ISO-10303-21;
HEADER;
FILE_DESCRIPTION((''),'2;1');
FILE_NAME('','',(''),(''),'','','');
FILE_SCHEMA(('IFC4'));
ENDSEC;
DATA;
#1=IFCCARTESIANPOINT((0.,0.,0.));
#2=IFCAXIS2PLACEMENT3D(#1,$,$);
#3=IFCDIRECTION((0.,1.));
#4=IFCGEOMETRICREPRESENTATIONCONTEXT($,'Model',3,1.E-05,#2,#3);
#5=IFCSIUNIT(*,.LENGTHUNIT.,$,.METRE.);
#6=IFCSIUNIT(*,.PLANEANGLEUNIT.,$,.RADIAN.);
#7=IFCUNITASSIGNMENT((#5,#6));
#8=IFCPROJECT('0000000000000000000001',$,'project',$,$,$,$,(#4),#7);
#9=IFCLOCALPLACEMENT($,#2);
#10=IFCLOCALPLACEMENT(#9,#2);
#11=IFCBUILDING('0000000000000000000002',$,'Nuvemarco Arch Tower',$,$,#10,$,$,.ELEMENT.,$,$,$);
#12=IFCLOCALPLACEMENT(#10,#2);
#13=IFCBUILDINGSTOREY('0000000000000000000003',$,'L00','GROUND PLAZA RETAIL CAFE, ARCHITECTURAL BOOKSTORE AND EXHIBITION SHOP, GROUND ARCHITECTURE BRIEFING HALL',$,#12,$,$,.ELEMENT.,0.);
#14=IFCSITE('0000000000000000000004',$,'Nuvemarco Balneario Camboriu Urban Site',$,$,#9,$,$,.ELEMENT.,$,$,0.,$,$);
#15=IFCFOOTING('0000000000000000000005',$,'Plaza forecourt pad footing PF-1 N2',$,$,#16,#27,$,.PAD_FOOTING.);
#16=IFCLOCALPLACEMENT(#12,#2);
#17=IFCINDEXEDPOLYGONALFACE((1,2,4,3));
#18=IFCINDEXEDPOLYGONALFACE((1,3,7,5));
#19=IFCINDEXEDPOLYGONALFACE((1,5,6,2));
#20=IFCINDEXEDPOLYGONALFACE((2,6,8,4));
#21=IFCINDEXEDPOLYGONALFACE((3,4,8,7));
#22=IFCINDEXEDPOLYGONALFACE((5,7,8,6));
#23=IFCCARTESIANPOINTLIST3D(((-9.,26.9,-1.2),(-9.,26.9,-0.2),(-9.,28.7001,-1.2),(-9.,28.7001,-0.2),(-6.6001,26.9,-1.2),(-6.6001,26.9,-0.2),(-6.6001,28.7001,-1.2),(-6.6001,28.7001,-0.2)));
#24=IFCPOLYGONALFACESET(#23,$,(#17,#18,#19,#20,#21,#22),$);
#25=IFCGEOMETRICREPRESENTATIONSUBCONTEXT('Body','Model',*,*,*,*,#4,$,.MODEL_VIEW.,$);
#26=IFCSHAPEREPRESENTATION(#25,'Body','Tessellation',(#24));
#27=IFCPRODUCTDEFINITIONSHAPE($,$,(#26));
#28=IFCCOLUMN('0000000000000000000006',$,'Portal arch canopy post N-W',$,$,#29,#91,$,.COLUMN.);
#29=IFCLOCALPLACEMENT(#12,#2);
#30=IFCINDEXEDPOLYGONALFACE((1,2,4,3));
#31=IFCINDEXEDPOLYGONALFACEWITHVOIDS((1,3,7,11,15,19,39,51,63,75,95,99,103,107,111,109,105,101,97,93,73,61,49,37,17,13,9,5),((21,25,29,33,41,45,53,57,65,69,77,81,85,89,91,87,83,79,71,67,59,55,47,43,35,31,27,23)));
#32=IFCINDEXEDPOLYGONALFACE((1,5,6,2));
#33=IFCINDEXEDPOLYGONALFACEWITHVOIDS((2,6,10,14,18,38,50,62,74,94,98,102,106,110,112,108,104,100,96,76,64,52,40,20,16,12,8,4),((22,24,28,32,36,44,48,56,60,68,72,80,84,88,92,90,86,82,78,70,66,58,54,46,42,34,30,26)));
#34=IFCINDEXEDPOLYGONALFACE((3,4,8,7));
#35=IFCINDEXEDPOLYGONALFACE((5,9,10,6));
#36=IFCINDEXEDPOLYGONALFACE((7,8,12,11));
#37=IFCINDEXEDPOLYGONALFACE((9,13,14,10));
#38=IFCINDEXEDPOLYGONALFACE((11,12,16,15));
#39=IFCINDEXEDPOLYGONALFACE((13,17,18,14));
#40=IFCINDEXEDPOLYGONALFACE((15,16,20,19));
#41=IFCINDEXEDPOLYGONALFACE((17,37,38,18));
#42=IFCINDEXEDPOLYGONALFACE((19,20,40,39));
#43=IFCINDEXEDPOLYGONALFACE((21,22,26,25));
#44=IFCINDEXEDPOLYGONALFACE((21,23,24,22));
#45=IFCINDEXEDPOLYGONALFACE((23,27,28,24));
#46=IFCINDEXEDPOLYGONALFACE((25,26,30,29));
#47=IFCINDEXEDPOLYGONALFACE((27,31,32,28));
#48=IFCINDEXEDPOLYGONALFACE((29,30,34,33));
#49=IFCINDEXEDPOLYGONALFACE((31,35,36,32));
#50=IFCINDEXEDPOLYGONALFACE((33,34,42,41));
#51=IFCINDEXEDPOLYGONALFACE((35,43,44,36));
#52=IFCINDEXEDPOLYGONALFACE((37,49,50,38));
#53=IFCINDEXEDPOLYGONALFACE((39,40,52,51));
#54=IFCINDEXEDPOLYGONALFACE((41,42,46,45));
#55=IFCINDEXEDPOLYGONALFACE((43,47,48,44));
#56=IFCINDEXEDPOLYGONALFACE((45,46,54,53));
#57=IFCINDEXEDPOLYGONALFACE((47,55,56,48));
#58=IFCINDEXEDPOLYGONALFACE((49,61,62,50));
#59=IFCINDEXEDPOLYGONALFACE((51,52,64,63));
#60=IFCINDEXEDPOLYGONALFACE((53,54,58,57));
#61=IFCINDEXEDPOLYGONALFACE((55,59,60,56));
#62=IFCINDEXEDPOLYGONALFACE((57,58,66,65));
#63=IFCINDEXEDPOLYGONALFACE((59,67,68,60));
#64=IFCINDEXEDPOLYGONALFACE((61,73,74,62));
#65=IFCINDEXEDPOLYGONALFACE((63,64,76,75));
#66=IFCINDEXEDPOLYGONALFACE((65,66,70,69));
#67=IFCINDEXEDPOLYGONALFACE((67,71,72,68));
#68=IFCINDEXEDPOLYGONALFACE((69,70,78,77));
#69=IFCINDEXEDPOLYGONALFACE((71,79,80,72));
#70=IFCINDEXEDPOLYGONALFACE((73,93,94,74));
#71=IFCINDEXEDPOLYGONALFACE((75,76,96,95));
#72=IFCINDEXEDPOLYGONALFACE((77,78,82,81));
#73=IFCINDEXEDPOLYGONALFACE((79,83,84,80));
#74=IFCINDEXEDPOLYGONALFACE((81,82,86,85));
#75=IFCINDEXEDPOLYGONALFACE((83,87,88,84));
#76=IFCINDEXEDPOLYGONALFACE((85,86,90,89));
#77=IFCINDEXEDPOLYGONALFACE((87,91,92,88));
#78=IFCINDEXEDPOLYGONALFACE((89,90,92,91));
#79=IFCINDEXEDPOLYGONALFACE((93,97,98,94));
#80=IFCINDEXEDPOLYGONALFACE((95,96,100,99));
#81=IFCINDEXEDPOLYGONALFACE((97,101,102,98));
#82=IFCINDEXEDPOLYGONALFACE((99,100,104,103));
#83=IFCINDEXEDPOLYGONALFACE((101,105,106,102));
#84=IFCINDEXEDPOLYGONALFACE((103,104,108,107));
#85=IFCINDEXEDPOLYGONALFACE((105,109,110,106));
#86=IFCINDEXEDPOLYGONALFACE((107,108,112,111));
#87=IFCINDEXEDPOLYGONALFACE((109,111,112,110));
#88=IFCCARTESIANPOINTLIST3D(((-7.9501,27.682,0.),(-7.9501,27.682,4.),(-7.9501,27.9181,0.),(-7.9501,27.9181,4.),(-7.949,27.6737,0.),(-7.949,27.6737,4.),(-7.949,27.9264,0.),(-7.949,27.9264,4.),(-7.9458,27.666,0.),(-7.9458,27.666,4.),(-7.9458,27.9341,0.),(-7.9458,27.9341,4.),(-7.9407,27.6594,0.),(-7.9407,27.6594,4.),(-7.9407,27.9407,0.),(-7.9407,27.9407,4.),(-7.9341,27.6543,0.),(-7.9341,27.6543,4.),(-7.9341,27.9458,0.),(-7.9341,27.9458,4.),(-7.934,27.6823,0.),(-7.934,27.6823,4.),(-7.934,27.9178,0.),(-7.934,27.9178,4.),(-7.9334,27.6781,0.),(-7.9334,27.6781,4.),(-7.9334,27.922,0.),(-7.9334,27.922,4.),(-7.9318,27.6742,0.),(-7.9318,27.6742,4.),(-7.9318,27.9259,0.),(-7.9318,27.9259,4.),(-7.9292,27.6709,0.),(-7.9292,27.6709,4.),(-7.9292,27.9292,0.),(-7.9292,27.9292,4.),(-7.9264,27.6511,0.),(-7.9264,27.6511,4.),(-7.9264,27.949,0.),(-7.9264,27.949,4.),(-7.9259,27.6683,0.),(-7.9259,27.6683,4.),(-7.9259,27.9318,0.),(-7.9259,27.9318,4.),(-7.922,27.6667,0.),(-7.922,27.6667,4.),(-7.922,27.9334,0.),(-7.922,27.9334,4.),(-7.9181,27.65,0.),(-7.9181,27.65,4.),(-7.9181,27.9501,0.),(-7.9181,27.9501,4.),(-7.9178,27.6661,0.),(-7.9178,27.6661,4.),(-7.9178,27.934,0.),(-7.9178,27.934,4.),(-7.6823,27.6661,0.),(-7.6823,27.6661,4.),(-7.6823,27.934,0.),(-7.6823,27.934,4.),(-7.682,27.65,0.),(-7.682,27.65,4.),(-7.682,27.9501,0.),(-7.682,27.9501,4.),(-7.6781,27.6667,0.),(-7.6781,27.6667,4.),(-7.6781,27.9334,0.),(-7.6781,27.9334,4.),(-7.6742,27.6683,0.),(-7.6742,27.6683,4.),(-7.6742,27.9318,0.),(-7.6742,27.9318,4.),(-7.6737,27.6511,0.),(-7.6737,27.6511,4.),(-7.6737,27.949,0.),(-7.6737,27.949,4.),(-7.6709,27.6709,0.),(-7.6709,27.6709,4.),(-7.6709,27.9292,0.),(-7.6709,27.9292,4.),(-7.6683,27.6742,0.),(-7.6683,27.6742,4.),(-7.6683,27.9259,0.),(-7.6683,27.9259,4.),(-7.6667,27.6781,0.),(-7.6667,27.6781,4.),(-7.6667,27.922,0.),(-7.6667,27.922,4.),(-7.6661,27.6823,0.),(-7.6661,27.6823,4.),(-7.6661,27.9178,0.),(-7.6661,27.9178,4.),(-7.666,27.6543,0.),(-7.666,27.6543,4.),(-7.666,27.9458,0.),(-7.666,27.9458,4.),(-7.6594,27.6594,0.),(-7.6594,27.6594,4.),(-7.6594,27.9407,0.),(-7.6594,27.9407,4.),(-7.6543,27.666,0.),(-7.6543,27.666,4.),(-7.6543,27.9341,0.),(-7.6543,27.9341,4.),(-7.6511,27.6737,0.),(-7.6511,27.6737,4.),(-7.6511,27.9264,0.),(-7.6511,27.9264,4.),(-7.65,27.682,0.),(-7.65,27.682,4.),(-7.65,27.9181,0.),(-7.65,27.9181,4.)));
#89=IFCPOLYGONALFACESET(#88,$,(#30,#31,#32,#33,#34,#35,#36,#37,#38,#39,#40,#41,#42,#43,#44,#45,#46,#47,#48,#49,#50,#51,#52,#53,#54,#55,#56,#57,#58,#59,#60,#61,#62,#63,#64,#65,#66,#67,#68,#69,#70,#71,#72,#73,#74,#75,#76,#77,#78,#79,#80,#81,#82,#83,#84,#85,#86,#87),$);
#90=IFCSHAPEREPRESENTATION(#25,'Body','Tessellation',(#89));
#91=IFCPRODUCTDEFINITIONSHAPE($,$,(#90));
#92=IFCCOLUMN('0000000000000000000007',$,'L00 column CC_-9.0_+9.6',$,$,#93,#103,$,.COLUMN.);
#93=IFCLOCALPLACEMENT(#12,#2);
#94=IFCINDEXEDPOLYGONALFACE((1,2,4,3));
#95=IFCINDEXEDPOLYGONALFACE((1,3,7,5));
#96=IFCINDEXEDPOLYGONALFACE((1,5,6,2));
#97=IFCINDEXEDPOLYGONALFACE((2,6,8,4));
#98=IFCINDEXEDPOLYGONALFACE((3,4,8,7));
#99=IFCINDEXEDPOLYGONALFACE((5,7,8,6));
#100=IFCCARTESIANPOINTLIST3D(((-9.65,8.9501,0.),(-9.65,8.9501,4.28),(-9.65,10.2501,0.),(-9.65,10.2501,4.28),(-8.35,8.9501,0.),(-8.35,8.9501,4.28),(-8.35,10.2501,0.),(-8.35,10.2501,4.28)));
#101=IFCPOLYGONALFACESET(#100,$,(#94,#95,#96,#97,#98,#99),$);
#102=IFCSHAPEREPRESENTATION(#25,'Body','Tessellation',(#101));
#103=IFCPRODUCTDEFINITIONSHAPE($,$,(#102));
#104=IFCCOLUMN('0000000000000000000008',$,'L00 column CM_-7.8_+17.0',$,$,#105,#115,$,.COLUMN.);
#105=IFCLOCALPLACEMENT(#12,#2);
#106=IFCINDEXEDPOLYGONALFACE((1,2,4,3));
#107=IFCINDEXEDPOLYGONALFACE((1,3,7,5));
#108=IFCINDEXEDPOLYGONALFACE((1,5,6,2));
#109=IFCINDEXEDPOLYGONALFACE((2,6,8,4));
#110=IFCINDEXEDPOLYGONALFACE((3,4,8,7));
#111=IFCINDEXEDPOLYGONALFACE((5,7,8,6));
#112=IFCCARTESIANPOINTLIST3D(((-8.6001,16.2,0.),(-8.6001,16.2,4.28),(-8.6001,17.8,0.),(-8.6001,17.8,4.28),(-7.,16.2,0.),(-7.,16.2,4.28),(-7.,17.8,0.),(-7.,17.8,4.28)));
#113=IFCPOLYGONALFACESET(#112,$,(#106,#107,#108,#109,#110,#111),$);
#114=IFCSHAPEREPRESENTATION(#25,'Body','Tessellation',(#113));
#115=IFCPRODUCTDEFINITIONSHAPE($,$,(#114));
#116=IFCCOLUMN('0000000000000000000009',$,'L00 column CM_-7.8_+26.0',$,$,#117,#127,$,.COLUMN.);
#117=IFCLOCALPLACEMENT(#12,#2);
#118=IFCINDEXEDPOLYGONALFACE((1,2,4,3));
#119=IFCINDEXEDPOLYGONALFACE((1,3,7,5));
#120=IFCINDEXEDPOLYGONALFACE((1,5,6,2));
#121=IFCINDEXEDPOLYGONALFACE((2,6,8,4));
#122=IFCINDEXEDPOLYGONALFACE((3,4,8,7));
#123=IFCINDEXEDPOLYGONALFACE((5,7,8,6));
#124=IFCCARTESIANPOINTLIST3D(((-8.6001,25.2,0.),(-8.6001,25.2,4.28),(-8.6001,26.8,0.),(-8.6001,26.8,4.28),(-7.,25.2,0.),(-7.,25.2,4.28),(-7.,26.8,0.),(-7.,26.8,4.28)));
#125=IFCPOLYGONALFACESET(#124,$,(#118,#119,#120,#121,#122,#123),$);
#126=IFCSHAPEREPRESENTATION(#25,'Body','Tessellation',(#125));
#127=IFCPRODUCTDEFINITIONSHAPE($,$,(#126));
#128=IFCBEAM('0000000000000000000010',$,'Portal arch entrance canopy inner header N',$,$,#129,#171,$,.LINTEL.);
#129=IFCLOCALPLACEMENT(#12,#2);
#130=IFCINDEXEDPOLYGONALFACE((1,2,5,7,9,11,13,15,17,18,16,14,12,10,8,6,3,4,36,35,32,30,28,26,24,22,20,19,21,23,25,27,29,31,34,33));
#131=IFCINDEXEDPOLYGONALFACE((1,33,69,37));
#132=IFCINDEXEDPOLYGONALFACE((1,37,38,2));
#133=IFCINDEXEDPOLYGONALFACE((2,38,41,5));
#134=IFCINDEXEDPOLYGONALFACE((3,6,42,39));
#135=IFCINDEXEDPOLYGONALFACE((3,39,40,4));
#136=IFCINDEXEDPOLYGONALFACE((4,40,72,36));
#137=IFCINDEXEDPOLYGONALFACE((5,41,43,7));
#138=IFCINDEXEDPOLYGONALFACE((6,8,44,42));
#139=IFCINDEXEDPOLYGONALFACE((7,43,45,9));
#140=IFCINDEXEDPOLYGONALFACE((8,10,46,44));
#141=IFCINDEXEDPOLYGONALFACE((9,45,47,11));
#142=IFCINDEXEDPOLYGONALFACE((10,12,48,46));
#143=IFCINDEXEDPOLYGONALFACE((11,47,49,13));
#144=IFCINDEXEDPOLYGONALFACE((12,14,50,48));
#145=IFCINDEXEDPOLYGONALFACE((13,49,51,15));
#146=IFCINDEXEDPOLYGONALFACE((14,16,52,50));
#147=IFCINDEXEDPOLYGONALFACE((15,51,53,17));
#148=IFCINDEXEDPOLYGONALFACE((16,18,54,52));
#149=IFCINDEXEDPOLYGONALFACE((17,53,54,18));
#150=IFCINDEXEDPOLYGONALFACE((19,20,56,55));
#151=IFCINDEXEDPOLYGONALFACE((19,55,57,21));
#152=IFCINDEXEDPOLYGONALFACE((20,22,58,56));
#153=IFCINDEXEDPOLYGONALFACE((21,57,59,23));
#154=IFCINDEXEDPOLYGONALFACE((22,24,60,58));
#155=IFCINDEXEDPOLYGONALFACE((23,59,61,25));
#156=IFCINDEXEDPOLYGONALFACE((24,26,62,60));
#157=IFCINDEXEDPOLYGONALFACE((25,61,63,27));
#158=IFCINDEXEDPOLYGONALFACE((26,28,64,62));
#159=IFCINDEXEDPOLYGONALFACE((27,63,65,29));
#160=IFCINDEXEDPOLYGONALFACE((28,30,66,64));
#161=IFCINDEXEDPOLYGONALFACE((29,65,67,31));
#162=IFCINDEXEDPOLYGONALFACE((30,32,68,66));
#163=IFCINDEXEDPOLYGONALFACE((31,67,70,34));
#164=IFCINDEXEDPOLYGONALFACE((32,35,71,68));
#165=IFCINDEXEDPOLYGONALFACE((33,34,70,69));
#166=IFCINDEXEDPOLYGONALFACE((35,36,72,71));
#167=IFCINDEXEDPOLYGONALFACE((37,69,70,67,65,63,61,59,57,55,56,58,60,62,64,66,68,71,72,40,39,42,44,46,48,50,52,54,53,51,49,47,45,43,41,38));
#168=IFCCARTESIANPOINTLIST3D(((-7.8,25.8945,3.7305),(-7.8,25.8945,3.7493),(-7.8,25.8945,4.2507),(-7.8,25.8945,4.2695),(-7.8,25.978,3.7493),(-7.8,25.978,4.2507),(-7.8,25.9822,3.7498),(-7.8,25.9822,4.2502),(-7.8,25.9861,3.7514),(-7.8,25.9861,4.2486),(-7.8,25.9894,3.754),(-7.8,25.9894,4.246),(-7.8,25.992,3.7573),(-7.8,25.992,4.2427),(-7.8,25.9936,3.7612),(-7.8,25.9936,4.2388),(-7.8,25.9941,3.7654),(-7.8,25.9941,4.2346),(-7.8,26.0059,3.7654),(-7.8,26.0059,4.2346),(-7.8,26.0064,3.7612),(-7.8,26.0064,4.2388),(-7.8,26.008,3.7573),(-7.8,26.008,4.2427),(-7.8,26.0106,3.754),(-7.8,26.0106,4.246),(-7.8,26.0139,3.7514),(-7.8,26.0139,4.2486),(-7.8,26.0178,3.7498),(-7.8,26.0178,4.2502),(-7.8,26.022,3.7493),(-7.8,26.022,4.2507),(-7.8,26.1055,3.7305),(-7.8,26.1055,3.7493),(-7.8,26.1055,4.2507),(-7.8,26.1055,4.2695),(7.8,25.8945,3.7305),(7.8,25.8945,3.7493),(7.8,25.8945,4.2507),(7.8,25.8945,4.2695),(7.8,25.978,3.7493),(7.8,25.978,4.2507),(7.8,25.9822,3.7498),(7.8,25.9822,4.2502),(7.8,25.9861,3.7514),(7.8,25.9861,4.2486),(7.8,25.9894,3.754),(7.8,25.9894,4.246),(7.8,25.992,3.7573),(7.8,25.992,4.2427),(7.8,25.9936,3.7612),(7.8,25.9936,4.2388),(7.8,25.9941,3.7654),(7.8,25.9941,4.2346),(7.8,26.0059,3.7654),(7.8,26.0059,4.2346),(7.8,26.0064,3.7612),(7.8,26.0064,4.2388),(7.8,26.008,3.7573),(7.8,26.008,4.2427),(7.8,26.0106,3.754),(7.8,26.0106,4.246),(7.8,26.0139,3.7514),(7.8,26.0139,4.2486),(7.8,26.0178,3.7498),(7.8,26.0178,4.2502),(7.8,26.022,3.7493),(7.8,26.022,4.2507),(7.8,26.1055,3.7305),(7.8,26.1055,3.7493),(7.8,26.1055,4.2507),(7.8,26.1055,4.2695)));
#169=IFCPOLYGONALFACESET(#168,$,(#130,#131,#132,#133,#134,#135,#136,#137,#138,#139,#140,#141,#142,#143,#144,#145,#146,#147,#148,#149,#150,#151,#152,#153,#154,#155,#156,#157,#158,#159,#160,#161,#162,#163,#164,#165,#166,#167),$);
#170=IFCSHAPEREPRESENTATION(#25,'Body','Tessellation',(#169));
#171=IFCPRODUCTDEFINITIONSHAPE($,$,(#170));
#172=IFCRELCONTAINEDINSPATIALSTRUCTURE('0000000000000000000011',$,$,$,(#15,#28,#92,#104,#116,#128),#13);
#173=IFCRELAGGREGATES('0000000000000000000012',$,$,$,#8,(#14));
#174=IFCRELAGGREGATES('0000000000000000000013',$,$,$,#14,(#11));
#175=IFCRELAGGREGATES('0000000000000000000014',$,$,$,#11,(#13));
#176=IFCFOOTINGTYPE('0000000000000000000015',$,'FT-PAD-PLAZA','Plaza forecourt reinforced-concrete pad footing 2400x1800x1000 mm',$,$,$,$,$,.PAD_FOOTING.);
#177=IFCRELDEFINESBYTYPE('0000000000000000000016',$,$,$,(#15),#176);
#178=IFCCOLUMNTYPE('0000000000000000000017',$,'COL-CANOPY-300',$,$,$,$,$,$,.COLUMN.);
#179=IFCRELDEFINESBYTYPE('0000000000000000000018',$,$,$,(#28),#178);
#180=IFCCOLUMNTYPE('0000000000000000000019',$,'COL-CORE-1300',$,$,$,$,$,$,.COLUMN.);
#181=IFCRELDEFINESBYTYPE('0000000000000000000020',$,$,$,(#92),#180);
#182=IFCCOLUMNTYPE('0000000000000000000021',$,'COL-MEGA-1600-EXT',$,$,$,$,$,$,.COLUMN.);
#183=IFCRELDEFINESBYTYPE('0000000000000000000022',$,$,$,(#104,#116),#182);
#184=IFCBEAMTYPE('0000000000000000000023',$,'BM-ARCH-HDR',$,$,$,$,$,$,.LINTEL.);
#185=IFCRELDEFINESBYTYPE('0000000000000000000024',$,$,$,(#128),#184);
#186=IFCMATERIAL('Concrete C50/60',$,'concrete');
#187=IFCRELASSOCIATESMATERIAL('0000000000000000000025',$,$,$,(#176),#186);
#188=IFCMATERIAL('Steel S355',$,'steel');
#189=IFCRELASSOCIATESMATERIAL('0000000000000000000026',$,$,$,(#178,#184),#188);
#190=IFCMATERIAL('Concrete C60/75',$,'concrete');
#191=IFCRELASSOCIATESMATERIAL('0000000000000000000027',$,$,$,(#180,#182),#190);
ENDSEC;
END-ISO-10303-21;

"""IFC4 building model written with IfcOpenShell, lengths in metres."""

from ifc_helpers import new_model, si_unit, direction, frame, origin, origin_2d, place, context, subcontext, project, spatial, rectangle, hollow_rectangle, i_section, extrude, source, transform, mapped, material, material_profile, profile_set, type_object, type_shapes, element, save


model = new_model("IFC4")

# Units and contexts
model_context = context("Model", 3, precision=1e-05, world=origin(), true_north=direction((0.0, 1.0)))
body_context = subcontext(model_context, "Body", "Model", "MODEL_VIEW")
ifc_project = project(units=[si_unit("LENGTHUNIT", "METRE"), si_unit("PLANEANGLEUNIT", "RADIAN")], contexts=[model_context])

# Site, building, storey
site_placement = place(None, origin())
site = spatial("IfcSite", under=ifc_project, at=site_placement, Name="Nuvemarco Balneario Camboriu Urban Site", CompositionType="ELEMENT", RefElevation=0.0)
building_placement = place(site_placement, origin())
building = spatial("IfcBuilding", under=site, at=building_placement, Name="Nuvemarco Arch Tower", CompositionType="ELEMENT")
storey_placement = place(building_placement, origin())
storey = spatial("IfcBuildingStorey", under=building, at=storey_placement, Name="L00", Description="GROUND PLAZA RETAIL CAFE, ARCHITECTURAL BOOKSTORE AND EXHIBITION SHOP, GROUND ARCHITECTURE BRIEFING HALL", CompositionType="ELEMENT", Elevation=0.0)

# Footing
ifc_material_1 = material(Name="Concrete C50/60", Category="concrete")
footing_type = type_object("IfcFootingType", Name="FT-PAD-PLAZA", Description="Plaza forecourt reinforced-concrete pad footing 2400x1800x1000 mm", PredefinedType="PAD_FOOTING", material=ifc_material_1)
shared_shape_1 = source(origin(), body_context, "Body", "SweptSolid", [
    extrude(rectangle(XDim=2.3999, YDim=1.8, at=origin_2d()), origin(), (0.0, 0.0, 1.0), 1.0),
])
type_shapes(footing_type, [shared_shape_1])
footing_placement = place(storey_placement, frame((-7.8, 27.8, -1.2), z_axis=(0.0, 0.0, 1.0), x_axis=(1.0, 0.0, 0.0)))
element("IfcFooting", 1, at=footing_placement, inside=storey, type_object=footing_type, Name="Plaza forecourt pad footing PF-1 N2", PredefinedType="PAD_FOOTING", context=body_context, shape_type="MappedRepresentation", body=[
    mapped(shared_shape_1, transform((0.0, 0.0, 0.0), scale=1.0)),
])

# Columns
ifc_material_2 = material(Name="Steel S355", Category="steel")
ifc_material_profile_1 = material_profile(ifc_material_2, hollow_rectangle(XDim=0.3, YDim=0.3, WallThickness=0.0161, InnerFilletRadius=0.0161, OuterFilletRadius=0.032, at=origin_2d()), Name="SHS300x300x16")
ifc_profile_set_1 = profile_set([ifc_material_profile_1], Name="Steel S355")
column_type_1 = type_object("IfcColumnType", Name="COL-CANOPY-300", PredefinedType="COLUMN", material=ifc_profile_set_1)
column_1_placement = place(storey_placement, frame((-7.8, 27.8, 0.0), z_axis=(0.0, 0.0, 1.0), x_axis=(1.0, 0.0, 0.0)))
element("IfcColumn", 2, at=column_1_placement, inside=storey, type_object=column_type_1, Name="Portal arch canopy post N-W", PredefinedType="COLUMN", context=body_context, shape_type="SweptSolid", body=[
    extrude(hollow_rectangle(XDim=0.3, YDim=0.3, WallThickness=0.0161, InnerFilletRadius=0.0161, OuterFilletRadius=0.032, at=origin_2d()), origin(), (0.0, 0.0, 1.0), 4.0),
])
ifc_material_3 = material(Name="Concrete C60/75", Category="concrete")
ifc_material_profile_2 = material_profile(ifc_material_3, rectangle(XDim=1.3, YDim=1.3, at=origin_2d()), Name="RC-COL-1300x1300")
ifc_profile_set_2 = profile_set([ifc_material_profile_2], Name="Concrete C60/75")
column_type_2 = type_object("IfcColumnType", Name="COL-CORE-1300", PredefinedType="COLUMN", material=ifc_profile_set_2)
column_2_placement = place(storey_placement, frame((-9.0, 9.6001, 0.0), z_axis=(0.0, 0.0, 1.0), x_axis=(1.0, 0.0, 0.0)))
element("IfcColumn", 3, at=column_2_placement, inside=storey, type_object=column_type_2, Name="L00 column CC_-9.0_+9.6", PredefinedType="COLUMN", context=body_context, shape_type="SweptSolid", body=[
    extrude(rectangle(XDim=1.3, YDim=1.3, at=origin_2d()), origin(), (0.0, 0.0, 1.0), 4.28),
])
ifc_material_profile_3 = material_profile(ifc_material_3, rectangle(XDim=1.6001, YDim=1.6001, at=origin_2d()), Name="RC-COL-1600x1600")
ifc_profile_set_3 = profile_set([ifc_material_profile_3], Name="Concrete C60/75")
column_type_3 = type_object("IfcColumnType", Name="COL-MEGA-1600-EXT", PredefinedType="COLUMN", material=ifc_profile_set_3)
for number, where, z_axis, x_axis, name in (
    (4, (-7.8, 17.0, 0.0), (0.0, 0.0, 1.0), (1.0, 0.0, 0.0), "L00 column CM_-7.8_+17.0"),
    (5, (-7.8, 26.0, 0.0), (0.0, 0.0, 1.0), (1.0, 0.0, 0.0), "L00 column CM_-7.8_+26.0"),
):
    element("IfcColumn", number, at=place(storey_placement, frame(where, z_axis=z_axis, x_axis=x_axis)), inside=storey, type_object=column_type_3, Name=name, PredefinedType="COLUMN", context=body_context, shape_type="SweptSolid", body=[
        extrude(rectangle(XDim=1.6001, YDim=1.6001, at=origin_2d()), origin(), (0.0, 0.0, 1.0), 4.28),
    ])

# Beam
ifc_material_profile_4 = material_profile(ifc_material_2, i_section(OverallWidth=0.2109, OverallDepth=0.5391, WebThickness=0.0117, FlangeThickness=0.0188, FilletRadius=0.0161, at=origin_2d()), Name="W530x109")
ifc_profile_set_4 = profile_set([ifc_material_profile_4], Name="Steel S355")
beam_type_1 = type_object("IfcBeamType", Name="BM-ARCH-HDR", PredefinedType="LINTEL", material=ifc_profile_set_4)
for number, where, z_axis, x_axis, name in (
    (6, (-7.8, 26.0, 4.0), (1.0, 0.0, 0.0), (0.0, 1.0, 0.0), "Portal arch entrance canopy inner header N"),
):
    element("IfcBeam", number, at=place(storey_placement, frame(where, z_axis=z_axis, x_axis=x_axis)), inside=storey, type_object=beam_type_1, Name=name, PredefinedType="LINTEL", context=body_context, shape_type="SweptSolid", body=[
        extrude(i_section(OverallWidth=0.2109, OverallDepth=0.5391, WebThickness=0.0117, FlangeThickness=0.0188, FilletRadius=0.0161, at=origin_2d()), origin(), (0.0, 0.0, 1.0), 15.6001),
    ])

save(model, "model.ifc")
